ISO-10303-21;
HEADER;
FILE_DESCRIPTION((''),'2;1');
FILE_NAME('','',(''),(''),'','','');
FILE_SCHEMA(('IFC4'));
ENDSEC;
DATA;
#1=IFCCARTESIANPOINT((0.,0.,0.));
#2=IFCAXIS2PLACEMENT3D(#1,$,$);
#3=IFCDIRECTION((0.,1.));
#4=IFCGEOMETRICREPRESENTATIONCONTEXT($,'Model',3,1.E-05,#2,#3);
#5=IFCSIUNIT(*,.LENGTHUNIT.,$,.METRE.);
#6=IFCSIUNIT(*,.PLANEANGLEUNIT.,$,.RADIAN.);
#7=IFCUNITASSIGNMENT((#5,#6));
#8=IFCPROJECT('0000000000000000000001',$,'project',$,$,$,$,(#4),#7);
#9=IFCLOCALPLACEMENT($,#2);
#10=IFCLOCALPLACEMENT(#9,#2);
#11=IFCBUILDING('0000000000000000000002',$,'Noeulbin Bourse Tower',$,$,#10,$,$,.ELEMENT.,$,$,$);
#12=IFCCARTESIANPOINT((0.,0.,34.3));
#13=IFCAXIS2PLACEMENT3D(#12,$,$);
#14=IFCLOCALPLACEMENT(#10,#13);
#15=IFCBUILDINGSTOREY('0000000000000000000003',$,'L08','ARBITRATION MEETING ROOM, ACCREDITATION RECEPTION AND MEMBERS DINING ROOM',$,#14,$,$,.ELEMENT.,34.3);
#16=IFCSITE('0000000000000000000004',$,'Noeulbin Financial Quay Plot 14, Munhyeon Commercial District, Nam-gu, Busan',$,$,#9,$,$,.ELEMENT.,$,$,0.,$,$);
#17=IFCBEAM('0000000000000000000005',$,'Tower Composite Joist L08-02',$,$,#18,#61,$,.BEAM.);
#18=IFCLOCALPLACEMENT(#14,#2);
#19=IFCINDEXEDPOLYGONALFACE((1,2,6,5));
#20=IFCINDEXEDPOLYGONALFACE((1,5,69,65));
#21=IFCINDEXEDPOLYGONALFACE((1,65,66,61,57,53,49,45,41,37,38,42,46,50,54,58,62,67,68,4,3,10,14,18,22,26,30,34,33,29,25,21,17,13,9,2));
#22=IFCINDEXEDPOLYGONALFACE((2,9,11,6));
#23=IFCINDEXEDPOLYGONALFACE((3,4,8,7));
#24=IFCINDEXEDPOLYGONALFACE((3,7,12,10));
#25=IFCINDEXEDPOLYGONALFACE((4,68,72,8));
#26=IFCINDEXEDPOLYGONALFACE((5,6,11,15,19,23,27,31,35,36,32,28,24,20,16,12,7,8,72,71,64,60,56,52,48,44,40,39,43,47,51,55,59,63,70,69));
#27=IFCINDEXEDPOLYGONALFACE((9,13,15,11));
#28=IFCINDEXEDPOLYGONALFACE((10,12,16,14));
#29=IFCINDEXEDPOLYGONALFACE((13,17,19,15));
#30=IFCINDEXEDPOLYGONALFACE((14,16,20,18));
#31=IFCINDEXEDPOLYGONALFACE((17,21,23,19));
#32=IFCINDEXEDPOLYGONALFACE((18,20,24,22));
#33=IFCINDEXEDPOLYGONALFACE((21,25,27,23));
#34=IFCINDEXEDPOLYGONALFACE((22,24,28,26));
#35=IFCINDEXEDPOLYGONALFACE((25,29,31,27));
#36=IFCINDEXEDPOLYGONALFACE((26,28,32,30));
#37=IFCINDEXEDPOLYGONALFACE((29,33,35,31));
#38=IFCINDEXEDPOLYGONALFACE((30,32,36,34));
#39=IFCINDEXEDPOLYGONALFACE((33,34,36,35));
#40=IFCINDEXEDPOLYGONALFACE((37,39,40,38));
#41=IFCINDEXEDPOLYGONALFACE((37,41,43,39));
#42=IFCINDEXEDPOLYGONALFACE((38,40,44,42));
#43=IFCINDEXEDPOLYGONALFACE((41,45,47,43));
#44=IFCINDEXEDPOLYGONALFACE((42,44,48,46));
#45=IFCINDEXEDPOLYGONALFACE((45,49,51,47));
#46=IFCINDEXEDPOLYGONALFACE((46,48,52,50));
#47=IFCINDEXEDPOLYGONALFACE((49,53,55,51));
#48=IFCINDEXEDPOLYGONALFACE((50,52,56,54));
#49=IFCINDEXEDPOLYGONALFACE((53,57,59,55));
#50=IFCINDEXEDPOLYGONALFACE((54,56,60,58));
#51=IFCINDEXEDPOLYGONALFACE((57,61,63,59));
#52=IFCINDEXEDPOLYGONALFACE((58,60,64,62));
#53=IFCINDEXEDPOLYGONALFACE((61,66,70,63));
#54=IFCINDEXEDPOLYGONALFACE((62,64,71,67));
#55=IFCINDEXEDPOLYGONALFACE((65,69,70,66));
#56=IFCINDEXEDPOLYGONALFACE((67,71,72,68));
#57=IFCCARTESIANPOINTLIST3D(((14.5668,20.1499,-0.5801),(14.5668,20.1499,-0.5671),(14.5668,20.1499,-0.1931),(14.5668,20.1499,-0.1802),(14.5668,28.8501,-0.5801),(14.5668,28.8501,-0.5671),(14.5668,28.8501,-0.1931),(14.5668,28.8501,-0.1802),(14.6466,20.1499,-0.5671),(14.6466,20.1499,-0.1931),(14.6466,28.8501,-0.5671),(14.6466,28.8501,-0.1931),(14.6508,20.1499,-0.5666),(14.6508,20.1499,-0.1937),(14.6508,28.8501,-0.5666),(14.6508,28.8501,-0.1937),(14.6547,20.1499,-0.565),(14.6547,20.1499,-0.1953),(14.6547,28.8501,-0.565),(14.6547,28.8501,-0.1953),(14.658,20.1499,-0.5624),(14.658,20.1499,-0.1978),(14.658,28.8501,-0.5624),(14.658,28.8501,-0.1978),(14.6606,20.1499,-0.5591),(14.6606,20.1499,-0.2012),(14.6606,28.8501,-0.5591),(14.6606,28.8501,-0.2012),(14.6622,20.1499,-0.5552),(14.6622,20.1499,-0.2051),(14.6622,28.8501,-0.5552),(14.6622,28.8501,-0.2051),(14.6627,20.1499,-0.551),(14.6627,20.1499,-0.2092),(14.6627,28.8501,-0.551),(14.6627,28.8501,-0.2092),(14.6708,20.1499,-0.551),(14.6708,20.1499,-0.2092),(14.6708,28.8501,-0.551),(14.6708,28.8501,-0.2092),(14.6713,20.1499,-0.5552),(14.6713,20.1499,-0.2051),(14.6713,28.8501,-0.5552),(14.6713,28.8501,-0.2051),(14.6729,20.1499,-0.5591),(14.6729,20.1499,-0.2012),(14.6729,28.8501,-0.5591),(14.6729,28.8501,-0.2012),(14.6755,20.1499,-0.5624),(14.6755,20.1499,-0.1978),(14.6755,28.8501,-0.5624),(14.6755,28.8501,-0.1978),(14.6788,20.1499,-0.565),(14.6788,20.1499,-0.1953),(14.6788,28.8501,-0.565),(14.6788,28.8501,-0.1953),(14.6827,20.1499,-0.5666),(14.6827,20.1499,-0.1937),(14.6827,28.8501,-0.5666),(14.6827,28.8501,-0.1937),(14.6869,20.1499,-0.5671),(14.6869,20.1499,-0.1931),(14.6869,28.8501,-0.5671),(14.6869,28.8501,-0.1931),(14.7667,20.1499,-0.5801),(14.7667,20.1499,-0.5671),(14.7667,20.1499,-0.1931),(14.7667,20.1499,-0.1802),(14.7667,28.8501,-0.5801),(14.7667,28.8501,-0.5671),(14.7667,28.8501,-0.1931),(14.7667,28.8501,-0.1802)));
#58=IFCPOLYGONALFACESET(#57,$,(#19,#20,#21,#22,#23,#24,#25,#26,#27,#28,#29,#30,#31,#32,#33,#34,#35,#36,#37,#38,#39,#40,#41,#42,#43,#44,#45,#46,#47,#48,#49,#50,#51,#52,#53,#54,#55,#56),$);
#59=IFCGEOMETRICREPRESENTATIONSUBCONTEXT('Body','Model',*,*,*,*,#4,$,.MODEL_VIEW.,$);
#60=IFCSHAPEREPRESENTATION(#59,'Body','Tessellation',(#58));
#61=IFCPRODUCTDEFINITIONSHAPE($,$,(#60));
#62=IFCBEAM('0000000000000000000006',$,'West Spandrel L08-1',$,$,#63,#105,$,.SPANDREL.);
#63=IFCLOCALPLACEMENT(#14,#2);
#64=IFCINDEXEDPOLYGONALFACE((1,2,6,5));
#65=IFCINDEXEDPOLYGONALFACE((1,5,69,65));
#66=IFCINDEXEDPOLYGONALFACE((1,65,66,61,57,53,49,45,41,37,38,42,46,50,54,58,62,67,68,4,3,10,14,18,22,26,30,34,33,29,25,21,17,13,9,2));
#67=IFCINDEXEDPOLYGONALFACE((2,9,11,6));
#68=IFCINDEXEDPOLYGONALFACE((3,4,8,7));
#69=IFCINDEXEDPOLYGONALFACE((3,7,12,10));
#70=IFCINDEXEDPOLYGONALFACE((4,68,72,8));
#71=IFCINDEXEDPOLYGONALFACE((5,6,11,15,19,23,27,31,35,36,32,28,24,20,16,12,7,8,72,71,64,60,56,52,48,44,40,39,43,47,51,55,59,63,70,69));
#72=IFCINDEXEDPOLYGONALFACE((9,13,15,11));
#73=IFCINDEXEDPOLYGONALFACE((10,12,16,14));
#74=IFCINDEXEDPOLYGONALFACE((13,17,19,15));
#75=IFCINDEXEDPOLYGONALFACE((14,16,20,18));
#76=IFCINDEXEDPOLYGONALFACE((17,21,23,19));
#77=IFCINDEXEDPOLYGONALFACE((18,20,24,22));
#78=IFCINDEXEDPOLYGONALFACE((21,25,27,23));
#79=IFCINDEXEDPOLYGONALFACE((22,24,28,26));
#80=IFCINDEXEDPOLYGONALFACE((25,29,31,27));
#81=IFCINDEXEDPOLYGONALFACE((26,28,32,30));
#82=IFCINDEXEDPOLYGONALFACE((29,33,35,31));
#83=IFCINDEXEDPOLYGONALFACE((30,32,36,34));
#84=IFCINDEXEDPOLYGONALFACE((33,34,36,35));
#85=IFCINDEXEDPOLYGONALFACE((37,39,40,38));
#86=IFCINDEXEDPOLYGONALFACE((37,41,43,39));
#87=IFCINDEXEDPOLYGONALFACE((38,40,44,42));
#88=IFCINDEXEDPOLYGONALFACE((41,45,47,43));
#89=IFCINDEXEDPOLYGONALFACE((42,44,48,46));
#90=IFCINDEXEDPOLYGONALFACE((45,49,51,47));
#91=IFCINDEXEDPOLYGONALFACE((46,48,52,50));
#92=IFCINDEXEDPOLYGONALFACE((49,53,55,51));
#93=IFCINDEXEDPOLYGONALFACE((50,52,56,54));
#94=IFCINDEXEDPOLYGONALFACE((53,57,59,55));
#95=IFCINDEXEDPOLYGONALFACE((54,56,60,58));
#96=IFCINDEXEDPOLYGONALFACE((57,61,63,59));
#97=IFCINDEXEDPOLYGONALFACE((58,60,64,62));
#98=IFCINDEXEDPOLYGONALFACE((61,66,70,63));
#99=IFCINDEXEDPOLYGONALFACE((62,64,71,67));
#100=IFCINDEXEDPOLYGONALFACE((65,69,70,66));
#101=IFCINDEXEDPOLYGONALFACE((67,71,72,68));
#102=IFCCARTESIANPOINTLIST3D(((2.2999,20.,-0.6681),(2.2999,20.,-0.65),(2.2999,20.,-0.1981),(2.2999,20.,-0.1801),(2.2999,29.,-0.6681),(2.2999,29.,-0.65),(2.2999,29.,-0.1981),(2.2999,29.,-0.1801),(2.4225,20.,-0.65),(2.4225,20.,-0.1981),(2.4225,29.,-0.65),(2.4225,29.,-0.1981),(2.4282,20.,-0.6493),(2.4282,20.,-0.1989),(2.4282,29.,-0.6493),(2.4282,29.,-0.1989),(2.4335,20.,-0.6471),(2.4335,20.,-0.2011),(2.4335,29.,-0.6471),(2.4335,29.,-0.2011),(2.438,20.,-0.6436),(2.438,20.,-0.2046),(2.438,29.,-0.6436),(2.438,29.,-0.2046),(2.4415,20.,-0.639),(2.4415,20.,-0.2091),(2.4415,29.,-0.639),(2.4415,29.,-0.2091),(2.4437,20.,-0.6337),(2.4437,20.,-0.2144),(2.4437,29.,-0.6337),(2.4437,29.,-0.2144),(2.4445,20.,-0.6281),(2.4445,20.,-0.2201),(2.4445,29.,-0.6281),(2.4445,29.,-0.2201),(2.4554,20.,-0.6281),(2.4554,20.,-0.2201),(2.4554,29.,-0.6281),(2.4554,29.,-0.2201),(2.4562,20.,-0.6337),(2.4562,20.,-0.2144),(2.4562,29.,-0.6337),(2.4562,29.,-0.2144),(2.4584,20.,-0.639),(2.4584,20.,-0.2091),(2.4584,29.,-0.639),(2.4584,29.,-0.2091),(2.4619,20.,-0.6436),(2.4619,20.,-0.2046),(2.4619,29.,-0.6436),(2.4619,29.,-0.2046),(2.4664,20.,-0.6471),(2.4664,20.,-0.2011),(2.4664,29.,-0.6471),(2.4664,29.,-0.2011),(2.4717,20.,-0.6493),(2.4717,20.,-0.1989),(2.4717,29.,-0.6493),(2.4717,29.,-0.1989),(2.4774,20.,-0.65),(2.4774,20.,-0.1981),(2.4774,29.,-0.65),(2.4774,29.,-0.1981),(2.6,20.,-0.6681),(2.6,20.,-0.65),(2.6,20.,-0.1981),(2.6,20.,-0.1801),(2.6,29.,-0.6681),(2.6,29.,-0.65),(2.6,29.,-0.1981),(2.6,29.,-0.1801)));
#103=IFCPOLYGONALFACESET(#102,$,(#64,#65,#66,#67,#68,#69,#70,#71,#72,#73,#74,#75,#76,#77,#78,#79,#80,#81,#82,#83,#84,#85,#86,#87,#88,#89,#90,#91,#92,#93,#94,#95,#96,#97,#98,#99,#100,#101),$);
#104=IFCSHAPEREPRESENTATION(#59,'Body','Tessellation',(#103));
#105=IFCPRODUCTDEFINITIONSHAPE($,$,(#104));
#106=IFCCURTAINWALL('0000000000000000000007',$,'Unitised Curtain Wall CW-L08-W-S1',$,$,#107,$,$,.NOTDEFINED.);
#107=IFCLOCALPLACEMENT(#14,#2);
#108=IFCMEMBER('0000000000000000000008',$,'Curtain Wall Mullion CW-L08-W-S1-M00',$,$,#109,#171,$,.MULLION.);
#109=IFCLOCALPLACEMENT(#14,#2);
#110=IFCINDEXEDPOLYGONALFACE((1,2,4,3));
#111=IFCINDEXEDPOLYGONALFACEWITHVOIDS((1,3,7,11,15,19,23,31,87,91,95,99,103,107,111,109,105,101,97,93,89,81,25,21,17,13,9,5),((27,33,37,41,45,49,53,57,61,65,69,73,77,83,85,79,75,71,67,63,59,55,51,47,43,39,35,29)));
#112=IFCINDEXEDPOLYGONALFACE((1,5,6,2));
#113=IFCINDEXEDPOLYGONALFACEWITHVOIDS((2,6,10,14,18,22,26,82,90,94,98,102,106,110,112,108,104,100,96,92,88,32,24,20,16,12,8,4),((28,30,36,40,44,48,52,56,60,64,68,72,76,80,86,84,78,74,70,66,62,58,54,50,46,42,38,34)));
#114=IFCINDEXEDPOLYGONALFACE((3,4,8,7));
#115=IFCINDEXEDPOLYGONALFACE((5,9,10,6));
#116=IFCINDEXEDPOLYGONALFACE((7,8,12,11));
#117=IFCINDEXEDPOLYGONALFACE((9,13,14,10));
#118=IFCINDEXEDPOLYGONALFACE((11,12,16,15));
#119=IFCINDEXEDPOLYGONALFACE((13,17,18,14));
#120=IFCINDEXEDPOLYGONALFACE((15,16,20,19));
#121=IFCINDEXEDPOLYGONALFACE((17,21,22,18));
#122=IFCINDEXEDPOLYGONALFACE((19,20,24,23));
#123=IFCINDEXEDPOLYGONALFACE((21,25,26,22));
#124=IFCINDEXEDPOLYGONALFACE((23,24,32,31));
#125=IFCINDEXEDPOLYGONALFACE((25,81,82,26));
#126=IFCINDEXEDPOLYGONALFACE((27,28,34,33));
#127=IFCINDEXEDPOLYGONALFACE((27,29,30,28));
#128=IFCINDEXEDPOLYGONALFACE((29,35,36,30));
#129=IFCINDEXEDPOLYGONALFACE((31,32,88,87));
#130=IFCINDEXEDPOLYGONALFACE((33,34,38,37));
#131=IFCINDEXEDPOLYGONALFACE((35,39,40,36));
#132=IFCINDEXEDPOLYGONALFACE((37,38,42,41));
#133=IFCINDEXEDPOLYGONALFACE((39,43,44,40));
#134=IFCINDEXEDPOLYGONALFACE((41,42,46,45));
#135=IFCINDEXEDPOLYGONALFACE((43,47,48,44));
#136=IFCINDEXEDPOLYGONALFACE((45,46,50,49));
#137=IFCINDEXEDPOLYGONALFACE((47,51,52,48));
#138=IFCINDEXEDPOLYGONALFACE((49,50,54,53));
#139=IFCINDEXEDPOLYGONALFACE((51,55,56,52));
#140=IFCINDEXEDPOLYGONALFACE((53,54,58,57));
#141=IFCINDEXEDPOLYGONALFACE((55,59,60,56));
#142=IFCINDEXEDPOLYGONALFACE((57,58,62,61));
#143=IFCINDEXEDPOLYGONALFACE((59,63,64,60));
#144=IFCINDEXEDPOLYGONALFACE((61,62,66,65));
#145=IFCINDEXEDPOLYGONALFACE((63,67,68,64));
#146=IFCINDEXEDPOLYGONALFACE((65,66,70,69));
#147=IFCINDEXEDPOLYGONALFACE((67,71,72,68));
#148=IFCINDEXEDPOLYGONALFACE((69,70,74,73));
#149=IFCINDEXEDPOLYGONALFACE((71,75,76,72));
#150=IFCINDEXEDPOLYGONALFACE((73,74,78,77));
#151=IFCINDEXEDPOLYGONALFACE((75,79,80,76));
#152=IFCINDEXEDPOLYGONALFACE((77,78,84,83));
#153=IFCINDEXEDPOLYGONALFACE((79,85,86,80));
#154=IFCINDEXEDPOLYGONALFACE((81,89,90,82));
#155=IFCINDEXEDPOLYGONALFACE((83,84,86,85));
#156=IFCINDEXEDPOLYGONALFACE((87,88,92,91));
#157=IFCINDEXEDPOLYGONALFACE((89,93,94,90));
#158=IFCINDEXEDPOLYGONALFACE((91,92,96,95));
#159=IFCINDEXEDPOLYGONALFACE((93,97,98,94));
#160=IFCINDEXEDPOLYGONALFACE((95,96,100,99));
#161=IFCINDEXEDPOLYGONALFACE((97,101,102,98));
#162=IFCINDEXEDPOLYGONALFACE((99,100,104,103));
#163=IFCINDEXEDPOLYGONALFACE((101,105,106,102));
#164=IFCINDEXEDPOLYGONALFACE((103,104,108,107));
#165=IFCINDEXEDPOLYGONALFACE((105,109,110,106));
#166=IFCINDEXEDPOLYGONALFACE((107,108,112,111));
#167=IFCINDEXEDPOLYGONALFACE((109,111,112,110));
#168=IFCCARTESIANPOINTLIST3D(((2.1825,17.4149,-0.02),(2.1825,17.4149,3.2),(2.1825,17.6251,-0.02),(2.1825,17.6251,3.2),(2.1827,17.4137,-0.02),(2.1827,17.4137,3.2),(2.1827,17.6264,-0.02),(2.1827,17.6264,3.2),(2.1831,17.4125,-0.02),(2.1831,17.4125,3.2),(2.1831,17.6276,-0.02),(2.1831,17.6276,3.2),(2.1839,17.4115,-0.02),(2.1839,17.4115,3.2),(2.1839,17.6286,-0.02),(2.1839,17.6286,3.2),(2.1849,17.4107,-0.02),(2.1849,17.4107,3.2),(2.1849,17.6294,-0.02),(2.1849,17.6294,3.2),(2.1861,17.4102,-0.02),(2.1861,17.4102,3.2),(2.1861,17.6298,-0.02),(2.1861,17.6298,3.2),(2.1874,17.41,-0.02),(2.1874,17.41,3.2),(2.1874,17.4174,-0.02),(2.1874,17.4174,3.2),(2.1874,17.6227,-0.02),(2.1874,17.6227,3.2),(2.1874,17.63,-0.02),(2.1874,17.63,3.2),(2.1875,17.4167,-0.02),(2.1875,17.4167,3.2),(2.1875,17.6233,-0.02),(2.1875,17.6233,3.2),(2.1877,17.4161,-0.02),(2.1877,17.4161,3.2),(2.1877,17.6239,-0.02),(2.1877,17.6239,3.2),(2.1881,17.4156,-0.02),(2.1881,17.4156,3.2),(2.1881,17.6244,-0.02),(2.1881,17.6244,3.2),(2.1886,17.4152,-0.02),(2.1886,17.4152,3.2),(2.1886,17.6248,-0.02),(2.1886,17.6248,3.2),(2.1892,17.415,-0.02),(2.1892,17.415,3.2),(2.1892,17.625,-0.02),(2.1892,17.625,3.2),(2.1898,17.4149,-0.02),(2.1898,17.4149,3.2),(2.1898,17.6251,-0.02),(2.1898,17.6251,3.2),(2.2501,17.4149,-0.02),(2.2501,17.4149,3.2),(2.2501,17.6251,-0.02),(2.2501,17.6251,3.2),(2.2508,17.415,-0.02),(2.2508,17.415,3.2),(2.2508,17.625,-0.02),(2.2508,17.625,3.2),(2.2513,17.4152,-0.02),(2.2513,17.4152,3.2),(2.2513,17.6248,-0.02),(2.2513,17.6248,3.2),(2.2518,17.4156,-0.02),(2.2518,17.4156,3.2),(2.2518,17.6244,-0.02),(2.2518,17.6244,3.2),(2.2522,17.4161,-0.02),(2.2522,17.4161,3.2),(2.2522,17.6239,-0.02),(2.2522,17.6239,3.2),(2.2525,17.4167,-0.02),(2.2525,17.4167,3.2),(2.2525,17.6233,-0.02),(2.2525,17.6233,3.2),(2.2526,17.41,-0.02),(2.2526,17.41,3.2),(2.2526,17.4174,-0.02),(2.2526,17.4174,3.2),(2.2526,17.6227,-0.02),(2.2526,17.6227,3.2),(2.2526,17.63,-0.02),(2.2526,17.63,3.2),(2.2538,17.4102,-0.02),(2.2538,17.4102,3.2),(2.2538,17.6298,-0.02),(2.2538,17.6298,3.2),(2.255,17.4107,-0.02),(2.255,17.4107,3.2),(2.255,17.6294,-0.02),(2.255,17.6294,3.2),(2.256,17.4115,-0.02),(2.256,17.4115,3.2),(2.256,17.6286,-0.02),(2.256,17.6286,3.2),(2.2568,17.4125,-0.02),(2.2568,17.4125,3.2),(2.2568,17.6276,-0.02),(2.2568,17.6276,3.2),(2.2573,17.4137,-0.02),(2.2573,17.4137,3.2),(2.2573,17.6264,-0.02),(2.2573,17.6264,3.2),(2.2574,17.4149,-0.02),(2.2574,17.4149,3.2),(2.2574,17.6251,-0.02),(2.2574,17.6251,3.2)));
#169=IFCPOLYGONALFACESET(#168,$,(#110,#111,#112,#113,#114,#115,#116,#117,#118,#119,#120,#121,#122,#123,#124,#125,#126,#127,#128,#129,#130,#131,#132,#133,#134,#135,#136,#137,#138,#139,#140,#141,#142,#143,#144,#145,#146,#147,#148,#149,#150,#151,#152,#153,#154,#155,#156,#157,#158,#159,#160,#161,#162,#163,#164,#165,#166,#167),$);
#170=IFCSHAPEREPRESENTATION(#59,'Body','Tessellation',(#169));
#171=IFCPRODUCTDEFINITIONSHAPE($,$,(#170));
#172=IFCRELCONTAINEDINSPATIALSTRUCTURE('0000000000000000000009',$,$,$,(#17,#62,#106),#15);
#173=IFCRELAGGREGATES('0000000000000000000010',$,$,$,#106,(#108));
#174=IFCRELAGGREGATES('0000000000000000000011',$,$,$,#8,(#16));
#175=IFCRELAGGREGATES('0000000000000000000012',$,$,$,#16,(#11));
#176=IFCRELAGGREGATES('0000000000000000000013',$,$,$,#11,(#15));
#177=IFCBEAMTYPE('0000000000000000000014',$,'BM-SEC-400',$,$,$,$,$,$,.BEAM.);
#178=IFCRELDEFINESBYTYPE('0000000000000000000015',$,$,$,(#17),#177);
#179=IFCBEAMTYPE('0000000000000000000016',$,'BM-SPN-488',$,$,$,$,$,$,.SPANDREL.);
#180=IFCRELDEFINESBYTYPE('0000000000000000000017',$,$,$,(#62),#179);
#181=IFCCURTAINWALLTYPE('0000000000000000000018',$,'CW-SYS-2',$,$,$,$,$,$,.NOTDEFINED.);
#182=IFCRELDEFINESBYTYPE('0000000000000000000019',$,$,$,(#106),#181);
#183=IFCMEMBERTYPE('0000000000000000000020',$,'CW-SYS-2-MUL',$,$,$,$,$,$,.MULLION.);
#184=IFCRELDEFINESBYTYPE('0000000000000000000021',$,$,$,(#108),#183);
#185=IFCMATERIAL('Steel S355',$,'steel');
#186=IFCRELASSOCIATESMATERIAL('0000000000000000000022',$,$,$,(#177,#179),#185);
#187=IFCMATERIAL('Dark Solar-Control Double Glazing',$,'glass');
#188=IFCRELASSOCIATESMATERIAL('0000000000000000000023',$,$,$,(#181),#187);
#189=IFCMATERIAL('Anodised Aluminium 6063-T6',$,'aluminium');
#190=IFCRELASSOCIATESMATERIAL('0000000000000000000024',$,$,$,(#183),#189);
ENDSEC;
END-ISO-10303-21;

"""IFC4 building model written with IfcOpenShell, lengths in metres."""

from ifc_helpers import new_model, si_unit, direction, frame, origin, origin_2d, place, context, subcontext, project, spatial, hollow_rectangle, i_section, extrude, material, material_profile, profile_set, type_object, element, aggregate, save


model = new_model("IFC4")

# Units and contexts
model_context = context("Model", 3, precision=1e-05, world=origin(), true_north=direction((0.0, 1.0)))
body_context = subcontext(model_context, "Body", "Model", "MODEL_VIEW")
ifc_project = project(units=[si_unit("LENGTHUNIT", "METRE"), si_unit("PLANEANGLEUNIT", "RADIAN")], contexts=[model_context])

# Site, building, storey
site_placement = place(None, origin())
site = spatial("IfcSite", under=ifc_project, at=site_placement, Name="Noeulbin Financial Quay Plot 14, Munhyeon Commercial District, Nam-gu, Busan", CompositionType="ELEMENT", RefElevation=0.0)
building_placement = place(site_placement, origin())
building = spatial("IfcBuilding", under=site, at=building_placement, Name="Noeulbin Bourse Tower", CompositionType="ELEMENT")
storey_placement = place(building_placement, frame((0.0, 0.0, 34.3)))
storey = spatial("IfcBuildingStorey", under=building, at=storey_placement, Name="L08", Description="ARBITRATION MEETING ROOM, ACCREDITATION RECEPTION AND MEMBERS DINING ROOM", CompositionType="ELEMENT", Elevation=34.3)

# Beams
ifc_material_1 = material(Name="Steel S355", Category="steel")
ifc_material_profile_1 = material_profile(ifc_material_1, i_section(OverallWidth=0.2, OverallDepth=0.3999, WebThickness=0.0081, FlangeThickness=0.0129, FilletRadius=0.0161, at=origin_2d()), Name="H-400x200x8x13", Category="LoadBearing")
ifc_profile_set_1 = profile_set([ifc_material_profile_1], Name="Steel S355")
beam_type_1 = type_object("IfcBeamType", Name="BM-SEC-400", PredefinedType="BEAM", material=ifc_profile_set_1)
beam_1_placement = place(storey_placement, frame((14.6667, 20.1499, -0.3801), z_axis=(0.0, 1.0, 0.0), x_axis=(-1.0, 0.0, 0.0)))
element("IfcBeam", 1, at=beam_1_placement, inside=storey, type_object=beam_type_1, Name="Tower Composite Joist L08-02", PredefinedType="BEAM", context=body_context, shape_type="SweptSolid", body=[
    extrude(i_section(OverallWidth=0.2, OverallDepth=0.3999, WebThickness=0.0081, FlangeThickness=0.0129, FilletRadius=0.0161, at=origin_2d()), origin(), (0.0, 0.0, 1.0), 8.7002),
])
ifc_material_profile_2 = material_profile(ifc_material_1, i_section(OverallWidth=0.3, OverallDepth=0.488, WebThickness=0.011, FlangeThickness=0.0181, FilletRadius=0.022, at=origin_2d()), Name="H-488x300x11x18", Category="LoadBearing")
ifc_profile_set_2 = profile_set([ifc_material_profile_2], Name="Steel S355")
beam_type_2 = type_object("IfcBeamType", Name="BM-SPN-488", PredefinedType="SPANDREL", material=ifc_profile_set_2)
beam_2_placement = place(storey_placement, frame((2.45, 20.0, -0.4241), z_axis=(0.0, 1.0, 0.0), x_axis=(-1.0, 0.0, 0.0)))
element("IfcBeam", 2, at=beam_2_placement, inside=storey, type_object=beam_type_2, Name="West Spandrel L08-1", PredefinedType="SPANDREL", context=body_context, shape_type="SweptSolid", body=[
    extrude(i_section(OverallWidth=0.3, OverallDepth=0.488, WebThickness=0.011, FlangeThickness=0.0181, FilletRadius=0.022, at=origin_2d()), origin(), (0.0, 0.0, 1.0), 9.0),
])

# Curtain wall, member
ifc_material_2 = material(Name="Dark Solar-Control Double Glazing", Category="glass")
curtain_wall_type = type_object("IfcCurtainWallType", Name="CW-SYS-2", PredefinedType="NOTDEFINED", material=ifc_material_2)
curtain_wall_1_placement = place(storey_placement, origin())
curtain_wall_1 = element("IfcCurtainWall", 3, at=curtain_wall_1_placement, inside=storey, type_object=curtain_wall_type, Name="Unitised Curtain Wall CW-L08-W-S1", PredefinedType="NOTDEFINED")
ifc_material_3 = material(Name="Anodised Aluminium 6063-T6", Category="aluminium")
ifc_material_profile_3 = material_profile(ifc_material_3, hollow_rectangle(XDim=0.075, YDim=0.22, WallThickness=0.0049, InnerFilletRadius=0.0024, OuterFilletRadius=0.0049, at=origin_2d()), Name="ALU-MULL-75x220x5", Category="LoadBearing")
ifc_profile_set_3 = profile_set([ifc_material_profile_3], Name="Anodised Aluminium 6063-T6")
member_type_1 = type_object("IfcMemberType", Name="CW-SYS-2-MUL", PredefinedType="MULLION", material=ifc_profile_set_3)
member_1_placement = place(storey_placement, frame((2.22, 17.52, -0.02), z_axis=(0.0, 0.0, 1.0), x_axis=(1.0, 0.0, 0.0)))
member_1 = element("IfcMember", 4, at=member_1_placement, type_object=member_type_1, Name="Curtain Wall Mullion CW-L08-W-S1-M00", PredefinedType="MULLION", context=body_context, shape_type="SweptSolid", body=[
    extrude(hollow_rectangle(XDim=0.075, YDim=0.22, WallThickness=0.0049, InnerFilletRadius=0.0024, OuterFilletRadius=0.0049, at=origin_2d()), origin(), (0.0, 0.0, 1.0), 3.22),
])

aggregate(curtain_wall_1, [member_1])

save(model, "model.ifc")
